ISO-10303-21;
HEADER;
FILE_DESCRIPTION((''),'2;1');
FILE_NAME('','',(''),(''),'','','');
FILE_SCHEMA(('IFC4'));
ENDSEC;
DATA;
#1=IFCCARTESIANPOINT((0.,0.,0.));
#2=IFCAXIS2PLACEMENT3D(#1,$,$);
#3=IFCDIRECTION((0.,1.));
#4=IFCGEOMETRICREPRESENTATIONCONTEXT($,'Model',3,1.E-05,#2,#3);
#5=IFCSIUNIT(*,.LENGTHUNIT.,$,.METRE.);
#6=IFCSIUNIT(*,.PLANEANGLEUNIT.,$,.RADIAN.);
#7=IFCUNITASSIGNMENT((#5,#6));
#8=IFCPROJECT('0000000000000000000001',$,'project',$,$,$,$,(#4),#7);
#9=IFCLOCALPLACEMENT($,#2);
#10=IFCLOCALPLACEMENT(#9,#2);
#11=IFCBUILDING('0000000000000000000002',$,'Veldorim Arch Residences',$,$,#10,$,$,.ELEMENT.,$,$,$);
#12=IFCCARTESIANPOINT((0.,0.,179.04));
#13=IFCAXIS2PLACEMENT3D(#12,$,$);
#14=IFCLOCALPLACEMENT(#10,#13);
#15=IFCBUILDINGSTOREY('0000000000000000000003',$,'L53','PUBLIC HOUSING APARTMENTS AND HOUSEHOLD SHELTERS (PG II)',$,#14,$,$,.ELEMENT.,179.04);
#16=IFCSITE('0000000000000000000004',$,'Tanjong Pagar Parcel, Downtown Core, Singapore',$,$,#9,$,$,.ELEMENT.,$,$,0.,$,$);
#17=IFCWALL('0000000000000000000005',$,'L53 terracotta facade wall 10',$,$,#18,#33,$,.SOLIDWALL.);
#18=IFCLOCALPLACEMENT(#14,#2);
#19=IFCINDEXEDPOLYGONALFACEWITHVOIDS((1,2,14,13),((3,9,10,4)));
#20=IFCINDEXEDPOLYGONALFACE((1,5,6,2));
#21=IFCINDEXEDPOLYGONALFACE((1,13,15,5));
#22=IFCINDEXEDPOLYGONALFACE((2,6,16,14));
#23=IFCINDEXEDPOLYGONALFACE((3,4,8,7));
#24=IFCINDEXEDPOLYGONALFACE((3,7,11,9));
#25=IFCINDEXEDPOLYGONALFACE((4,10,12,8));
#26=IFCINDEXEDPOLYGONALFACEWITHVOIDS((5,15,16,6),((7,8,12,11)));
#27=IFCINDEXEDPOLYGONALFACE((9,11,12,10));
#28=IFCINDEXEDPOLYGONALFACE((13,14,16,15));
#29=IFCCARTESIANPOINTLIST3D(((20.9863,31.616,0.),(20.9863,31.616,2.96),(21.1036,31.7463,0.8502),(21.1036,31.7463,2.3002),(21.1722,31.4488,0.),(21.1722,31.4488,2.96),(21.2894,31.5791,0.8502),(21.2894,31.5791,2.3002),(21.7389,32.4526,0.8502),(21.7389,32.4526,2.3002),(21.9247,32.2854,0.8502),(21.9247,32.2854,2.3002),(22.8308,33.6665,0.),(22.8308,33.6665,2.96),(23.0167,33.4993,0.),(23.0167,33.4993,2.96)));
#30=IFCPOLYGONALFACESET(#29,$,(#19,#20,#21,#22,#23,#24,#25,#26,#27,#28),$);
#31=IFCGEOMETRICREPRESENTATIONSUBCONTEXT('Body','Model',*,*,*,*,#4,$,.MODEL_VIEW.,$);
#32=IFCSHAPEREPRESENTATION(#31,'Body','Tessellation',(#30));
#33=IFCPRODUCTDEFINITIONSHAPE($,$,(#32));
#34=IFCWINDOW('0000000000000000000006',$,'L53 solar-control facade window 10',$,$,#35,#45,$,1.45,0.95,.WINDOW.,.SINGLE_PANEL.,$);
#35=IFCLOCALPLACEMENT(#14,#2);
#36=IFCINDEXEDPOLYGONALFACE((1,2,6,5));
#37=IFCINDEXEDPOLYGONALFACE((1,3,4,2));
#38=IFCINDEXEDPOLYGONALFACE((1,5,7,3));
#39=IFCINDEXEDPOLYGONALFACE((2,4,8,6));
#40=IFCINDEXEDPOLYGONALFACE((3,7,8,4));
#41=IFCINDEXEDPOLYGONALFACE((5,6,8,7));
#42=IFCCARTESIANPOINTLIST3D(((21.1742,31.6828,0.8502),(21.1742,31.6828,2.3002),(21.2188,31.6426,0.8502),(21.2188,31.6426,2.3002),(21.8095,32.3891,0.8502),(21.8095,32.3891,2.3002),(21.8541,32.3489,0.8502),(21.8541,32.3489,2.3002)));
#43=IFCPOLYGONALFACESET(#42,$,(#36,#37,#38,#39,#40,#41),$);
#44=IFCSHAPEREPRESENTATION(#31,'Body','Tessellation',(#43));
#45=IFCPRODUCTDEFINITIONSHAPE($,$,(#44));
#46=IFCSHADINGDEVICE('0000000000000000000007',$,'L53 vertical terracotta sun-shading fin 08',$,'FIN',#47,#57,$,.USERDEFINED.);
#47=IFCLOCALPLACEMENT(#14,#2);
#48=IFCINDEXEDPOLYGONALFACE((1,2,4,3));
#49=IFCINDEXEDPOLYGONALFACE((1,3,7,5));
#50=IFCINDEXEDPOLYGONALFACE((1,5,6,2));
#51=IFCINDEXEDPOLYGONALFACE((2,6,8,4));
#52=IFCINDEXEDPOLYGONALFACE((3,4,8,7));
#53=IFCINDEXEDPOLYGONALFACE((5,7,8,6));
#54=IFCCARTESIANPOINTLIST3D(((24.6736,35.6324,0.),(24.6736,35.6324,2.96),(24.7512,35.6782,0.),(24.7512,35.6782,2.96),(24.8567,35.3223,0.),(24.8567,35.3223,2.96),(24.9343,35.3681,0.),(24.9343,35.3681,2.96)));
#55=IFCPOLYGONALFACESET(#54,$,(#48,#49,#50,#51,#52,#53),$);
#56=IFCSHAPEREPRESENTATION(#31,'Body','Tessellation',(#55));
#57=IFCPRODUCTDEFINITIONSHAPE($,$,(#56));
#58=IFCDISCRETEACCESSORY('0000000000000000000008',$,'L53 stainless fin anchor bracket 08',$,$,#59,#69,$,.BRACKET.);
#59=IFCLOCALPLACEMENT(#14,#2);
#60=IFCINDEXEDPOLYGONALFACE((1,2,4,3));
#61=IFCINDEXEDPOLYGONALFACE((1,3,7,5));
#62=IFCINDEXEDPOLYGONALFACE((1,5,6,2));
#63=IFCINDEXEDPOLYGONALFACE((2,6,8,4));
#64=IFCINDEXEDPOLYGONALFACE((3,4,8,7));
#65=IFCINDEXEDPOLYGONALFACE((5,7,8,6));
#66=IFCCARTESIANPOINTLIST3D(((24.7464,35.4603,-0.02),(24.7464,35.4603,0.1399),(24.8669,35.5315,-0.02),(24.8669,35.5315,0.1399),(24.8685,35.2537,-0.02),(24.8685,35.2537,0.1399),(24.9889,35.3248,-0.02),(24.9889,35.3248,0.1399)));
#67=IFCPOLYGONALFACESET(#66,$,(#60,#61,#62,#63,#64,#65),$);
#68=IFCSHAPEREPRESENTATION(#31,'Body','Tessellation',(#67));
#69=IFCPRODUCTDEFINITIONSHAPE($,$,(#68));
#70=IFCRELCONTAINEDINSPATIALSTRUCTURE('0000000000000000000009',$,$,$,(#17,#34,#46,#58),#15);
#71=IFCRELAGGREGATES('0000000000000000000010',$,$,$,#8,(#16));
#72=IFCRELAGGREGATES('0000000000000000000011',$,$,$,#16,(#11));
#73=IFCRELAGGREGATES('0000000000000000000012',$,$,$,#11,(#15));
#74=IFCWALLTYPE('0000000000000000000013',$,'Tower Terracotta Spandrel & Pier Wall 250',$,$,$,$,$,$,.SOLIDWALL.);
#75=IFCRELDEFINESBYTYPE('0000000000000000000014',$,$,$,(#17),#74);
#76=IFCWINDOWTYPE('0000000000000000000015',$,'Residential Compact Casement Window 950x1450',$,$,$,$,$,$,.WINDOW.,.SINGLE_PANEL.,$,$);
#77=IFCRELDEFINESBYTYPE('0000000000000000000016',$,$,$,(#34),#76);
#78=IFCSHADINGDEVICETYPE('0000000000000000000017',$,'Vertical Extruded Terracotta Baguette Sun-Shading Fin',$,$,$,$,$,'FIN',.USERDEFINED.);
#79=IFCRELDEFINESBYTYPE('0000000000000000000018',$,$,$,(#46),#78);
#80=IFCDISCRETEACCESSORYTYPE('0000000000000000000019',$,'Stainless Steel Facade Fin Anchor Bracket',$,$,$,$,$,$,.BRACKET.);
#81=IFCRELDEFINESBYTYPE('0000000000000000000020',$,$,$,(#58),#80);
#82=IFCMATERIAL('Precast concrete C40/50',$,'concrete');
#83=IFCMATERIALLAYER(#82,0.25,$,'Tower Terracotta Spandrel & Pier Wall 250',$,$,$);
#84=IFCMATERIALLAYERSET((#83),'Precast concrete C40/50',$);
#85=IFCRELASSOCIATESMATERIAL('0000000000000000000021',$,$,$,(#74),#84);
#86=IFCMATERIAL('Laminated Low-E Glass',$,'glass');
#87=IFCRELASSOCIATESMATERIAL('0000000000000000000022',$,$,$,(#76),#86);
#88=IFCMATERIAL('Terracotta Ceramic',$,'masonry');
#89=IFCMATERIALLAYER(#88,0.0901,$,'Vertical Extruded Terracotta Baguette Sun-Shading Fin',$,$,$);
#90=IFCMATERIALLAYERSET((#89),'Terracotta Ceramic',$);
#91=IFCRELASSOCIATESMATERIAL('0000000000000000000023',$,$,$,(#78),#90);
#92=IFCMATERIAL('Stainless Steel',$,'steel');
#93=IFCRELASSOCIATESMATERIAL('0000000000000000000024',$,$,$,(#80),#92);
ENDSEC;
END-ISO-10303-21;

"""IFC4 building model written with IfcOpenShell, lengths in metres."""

from ifc_helpers import new_model, si_unit, direction, frame, frame_2d, origin, origin_2d, place, context, subcontext, project, spatial, rectangle, extrude, material, layer, layer_set, type_object, element, fill, save


model = new_model("IFC4")

# Units and contexts
model_context = context("Model", 3, precision=1e-05, world=origin(), true_north=direction((0.0, 1.0)))
body_context = subcontext(model_context, "Body", "Model", "MODEL_VIEW")
ifc_project = project(units=[si_unit("LENGTHUNIT", "METRE"), si_unit("PLANEANGLEUNIT", "RADIAN")], contexts=[model_context])

# Site, building, storey
site_placement = place(None, origin())
site = spatial("IfcSite", under=ifc_project, at=site_placement, Name="Tanjong Pagar Parcel, Downtown Core, Singapore", CompositionType="ELEMENT", RefElevation=0.0)
building_placement = place(site_placement, origin())
building = spatial("IfcBuilding", under=site, at=building_placement, Name="Veldorim Arch Residences", CompositionType="ELEMENT")
storey_placement = place(building_placement, frame((0.0, 0.0, 179.04)))
storey = spatial("IfcBuildingStorey", under=building, at=storey_placement, Name="L53", Description="PUBLIC HOUSING APARTMENTS AND HOUSEHOLD SHELTERS (PG II)", CompositionType="ELEMENT", Elevation=179.04)

# Shared definitions
ifc_material_1 = material(Name="Precast concrete C40/50", Category="concrete")
ifc_layer_1 = layer(ifc_material_1, 0.25, Name="Tower Terracotta Spandrel & Pier Wall 250")
ifc_layer_set_1 = layer_set([ifc_layer_1], Name="Precast concrete C40/50")
wall_type_1 = type_object("IfcWallType", Name="Tower Terracotta Spandrel & Pier Wall 250", PredefinedType="SOLIDWALL", material=ifc_layer_set_1)

# Wall, opening, window
wall_1_placement = place(storey_placement, frame((21.0793, 31.5325, 0.0), z_axis=(0.0, 0.0, 1.0), x_axis=(0.668764, 0.743475, 0.0)))
wall_1 = element("IfcWall", 1, at=wall_1_placement, inside=storey, type_object=wall_type_1, Name="L53 terracotta facade wall 10", PredefinedType="SOLIDWALL", context=body_context, shape_type="SweptSolid", body=[
    extrude(rectangle(XDim=2.7581, YDim=0.25, at=frame_2d((1.3789, 0.0))), origin(), (0.0, 0.0, 1.0), 2.96),
])
opening_1_placement = place(wall_1_placement, frame((0.175, 0.0, 0.8501)))
opening_1 = element("IfcOpeningElement", 2, at=opening_1_placement, cuts=wall_1, PredefinedType="OPENING", context=body_context, shape_type="SweptSolid", body=[
    extrude(rectangle(XDim=0.95, YDim=1.45, at=frame_2d((0.4751, 0.7251))), frame((0.0, 0.135, 0.0), z_axis=(0.0, -1.0, 0.0), x_axis=(1.0, 0.0, 0.0)), (0.0, 0.0, 1.0), 0.27),
])
ifc_material_2 = material(Name="Laminated Low-E Glass", Category="glass")
window_type = type_object("IfcWindowType", Name="Residential Compact Casement Window 950x1450", PartitioningType="SINGLE_PANEL", PredefinedType="WINDOW", material=ifc_material_2)
window_placement = place(opening_1_placement, origin())
window = element("IfcWindow", 3, at=window_placement, inside=storey, type_object=window_type, Name="L53 solar-control facade window 10", OverallHeight=1.45, OverallWidth=0.95, PartitioningType="SINGLE_PANEL", PredefinedType="WINDOW", context=body_context, shape_type="SweptSolid", body=[
    extrude(rectangle(XDim=0.95, YDim=1.45, at=frame_2d((0.4751, 0.7251))), frame((0.0, 0.03, 0.0), z_axis=(0.0, -1.0, 0.0), x_axis=(1.0, 0.0, 0.0)), (0.0, 0.0, 1.0), 0.0601),
])
fill(opening_1, window)

# Shading device
ifc_material_3 = material(Name="Terracotta Ceramic", Category="masonry")
ifc_layer_2 = layer(ifc_material_3, 0.0901, Name="Vertical Extruded Terracotta Baguette Sun-Shading Fin")
ifc_layer_set_2 = layer_set([ifc_layer_2], Name="Terracotta Ceramic")
shading_device_type = type_object("IfcShadingDeviceType", Name="Vertical Extruded Terracotta Baguette Sun-Shading Fin", ElementType="FIN", PredefinedType="USERDEFINED", material=ifc_layer_set_2)
shading_device_placement = place(storey_placement, frame((24.804, 35.5002, 0.0), z_axis=(0.0, 0.0, 1.0), x_axis=(0.861097, 0.50844, 0.0)))
element("IfcShadingDevice", 4, at=shading_device_placement, inside=storey, type_object=shading_device_type, Name="L53 vertical terracotta sun-shading fin 08", ObjectType="FIN", PredefinedType="USERDEFINED", context=body_context, shape_type="SweptSolid", body=[
    extrude(rectangle(XDim=0.0901, YDim=0.3601, at=origin_2d()), origin(), (0.0, 0.0, 1.0), 2.96),
])

# Discrete accessory
ifc_material_4 = material(Name="Stainless Steel", Category="steel")
discrete_accessory_type = type_object("IfcDiscreteAccessoryType", Name="Stainless Steel Facade Fin Anchor Bracket", PredefinedType="BRACKET", material=ifc_material_4)
discrete_accessory_placement = place(storey_placement, frame((24.8677, 35.3926, -0.02), z_axis=(0.0, 0.0, 1.0), x_axis=(0.861097, 0.50844, 0.0)))
element("IfcDiscreteAccessory", 5, at=discrete_accessory_placement, inside=storey, type_object=discrete_accessory_type, Name="L53 stainless fin anchor bracket 08", PredefinedType="BRACKET", context=body_context, shape_type="SweptSolid", body=[
    extrude(rectangle(XDim=0.1399, YDim=0.24, at=origin_2d()), origin(), (0.0, 0.0, 1.0), 0.1599),
])

save(model, "model.ifc")
